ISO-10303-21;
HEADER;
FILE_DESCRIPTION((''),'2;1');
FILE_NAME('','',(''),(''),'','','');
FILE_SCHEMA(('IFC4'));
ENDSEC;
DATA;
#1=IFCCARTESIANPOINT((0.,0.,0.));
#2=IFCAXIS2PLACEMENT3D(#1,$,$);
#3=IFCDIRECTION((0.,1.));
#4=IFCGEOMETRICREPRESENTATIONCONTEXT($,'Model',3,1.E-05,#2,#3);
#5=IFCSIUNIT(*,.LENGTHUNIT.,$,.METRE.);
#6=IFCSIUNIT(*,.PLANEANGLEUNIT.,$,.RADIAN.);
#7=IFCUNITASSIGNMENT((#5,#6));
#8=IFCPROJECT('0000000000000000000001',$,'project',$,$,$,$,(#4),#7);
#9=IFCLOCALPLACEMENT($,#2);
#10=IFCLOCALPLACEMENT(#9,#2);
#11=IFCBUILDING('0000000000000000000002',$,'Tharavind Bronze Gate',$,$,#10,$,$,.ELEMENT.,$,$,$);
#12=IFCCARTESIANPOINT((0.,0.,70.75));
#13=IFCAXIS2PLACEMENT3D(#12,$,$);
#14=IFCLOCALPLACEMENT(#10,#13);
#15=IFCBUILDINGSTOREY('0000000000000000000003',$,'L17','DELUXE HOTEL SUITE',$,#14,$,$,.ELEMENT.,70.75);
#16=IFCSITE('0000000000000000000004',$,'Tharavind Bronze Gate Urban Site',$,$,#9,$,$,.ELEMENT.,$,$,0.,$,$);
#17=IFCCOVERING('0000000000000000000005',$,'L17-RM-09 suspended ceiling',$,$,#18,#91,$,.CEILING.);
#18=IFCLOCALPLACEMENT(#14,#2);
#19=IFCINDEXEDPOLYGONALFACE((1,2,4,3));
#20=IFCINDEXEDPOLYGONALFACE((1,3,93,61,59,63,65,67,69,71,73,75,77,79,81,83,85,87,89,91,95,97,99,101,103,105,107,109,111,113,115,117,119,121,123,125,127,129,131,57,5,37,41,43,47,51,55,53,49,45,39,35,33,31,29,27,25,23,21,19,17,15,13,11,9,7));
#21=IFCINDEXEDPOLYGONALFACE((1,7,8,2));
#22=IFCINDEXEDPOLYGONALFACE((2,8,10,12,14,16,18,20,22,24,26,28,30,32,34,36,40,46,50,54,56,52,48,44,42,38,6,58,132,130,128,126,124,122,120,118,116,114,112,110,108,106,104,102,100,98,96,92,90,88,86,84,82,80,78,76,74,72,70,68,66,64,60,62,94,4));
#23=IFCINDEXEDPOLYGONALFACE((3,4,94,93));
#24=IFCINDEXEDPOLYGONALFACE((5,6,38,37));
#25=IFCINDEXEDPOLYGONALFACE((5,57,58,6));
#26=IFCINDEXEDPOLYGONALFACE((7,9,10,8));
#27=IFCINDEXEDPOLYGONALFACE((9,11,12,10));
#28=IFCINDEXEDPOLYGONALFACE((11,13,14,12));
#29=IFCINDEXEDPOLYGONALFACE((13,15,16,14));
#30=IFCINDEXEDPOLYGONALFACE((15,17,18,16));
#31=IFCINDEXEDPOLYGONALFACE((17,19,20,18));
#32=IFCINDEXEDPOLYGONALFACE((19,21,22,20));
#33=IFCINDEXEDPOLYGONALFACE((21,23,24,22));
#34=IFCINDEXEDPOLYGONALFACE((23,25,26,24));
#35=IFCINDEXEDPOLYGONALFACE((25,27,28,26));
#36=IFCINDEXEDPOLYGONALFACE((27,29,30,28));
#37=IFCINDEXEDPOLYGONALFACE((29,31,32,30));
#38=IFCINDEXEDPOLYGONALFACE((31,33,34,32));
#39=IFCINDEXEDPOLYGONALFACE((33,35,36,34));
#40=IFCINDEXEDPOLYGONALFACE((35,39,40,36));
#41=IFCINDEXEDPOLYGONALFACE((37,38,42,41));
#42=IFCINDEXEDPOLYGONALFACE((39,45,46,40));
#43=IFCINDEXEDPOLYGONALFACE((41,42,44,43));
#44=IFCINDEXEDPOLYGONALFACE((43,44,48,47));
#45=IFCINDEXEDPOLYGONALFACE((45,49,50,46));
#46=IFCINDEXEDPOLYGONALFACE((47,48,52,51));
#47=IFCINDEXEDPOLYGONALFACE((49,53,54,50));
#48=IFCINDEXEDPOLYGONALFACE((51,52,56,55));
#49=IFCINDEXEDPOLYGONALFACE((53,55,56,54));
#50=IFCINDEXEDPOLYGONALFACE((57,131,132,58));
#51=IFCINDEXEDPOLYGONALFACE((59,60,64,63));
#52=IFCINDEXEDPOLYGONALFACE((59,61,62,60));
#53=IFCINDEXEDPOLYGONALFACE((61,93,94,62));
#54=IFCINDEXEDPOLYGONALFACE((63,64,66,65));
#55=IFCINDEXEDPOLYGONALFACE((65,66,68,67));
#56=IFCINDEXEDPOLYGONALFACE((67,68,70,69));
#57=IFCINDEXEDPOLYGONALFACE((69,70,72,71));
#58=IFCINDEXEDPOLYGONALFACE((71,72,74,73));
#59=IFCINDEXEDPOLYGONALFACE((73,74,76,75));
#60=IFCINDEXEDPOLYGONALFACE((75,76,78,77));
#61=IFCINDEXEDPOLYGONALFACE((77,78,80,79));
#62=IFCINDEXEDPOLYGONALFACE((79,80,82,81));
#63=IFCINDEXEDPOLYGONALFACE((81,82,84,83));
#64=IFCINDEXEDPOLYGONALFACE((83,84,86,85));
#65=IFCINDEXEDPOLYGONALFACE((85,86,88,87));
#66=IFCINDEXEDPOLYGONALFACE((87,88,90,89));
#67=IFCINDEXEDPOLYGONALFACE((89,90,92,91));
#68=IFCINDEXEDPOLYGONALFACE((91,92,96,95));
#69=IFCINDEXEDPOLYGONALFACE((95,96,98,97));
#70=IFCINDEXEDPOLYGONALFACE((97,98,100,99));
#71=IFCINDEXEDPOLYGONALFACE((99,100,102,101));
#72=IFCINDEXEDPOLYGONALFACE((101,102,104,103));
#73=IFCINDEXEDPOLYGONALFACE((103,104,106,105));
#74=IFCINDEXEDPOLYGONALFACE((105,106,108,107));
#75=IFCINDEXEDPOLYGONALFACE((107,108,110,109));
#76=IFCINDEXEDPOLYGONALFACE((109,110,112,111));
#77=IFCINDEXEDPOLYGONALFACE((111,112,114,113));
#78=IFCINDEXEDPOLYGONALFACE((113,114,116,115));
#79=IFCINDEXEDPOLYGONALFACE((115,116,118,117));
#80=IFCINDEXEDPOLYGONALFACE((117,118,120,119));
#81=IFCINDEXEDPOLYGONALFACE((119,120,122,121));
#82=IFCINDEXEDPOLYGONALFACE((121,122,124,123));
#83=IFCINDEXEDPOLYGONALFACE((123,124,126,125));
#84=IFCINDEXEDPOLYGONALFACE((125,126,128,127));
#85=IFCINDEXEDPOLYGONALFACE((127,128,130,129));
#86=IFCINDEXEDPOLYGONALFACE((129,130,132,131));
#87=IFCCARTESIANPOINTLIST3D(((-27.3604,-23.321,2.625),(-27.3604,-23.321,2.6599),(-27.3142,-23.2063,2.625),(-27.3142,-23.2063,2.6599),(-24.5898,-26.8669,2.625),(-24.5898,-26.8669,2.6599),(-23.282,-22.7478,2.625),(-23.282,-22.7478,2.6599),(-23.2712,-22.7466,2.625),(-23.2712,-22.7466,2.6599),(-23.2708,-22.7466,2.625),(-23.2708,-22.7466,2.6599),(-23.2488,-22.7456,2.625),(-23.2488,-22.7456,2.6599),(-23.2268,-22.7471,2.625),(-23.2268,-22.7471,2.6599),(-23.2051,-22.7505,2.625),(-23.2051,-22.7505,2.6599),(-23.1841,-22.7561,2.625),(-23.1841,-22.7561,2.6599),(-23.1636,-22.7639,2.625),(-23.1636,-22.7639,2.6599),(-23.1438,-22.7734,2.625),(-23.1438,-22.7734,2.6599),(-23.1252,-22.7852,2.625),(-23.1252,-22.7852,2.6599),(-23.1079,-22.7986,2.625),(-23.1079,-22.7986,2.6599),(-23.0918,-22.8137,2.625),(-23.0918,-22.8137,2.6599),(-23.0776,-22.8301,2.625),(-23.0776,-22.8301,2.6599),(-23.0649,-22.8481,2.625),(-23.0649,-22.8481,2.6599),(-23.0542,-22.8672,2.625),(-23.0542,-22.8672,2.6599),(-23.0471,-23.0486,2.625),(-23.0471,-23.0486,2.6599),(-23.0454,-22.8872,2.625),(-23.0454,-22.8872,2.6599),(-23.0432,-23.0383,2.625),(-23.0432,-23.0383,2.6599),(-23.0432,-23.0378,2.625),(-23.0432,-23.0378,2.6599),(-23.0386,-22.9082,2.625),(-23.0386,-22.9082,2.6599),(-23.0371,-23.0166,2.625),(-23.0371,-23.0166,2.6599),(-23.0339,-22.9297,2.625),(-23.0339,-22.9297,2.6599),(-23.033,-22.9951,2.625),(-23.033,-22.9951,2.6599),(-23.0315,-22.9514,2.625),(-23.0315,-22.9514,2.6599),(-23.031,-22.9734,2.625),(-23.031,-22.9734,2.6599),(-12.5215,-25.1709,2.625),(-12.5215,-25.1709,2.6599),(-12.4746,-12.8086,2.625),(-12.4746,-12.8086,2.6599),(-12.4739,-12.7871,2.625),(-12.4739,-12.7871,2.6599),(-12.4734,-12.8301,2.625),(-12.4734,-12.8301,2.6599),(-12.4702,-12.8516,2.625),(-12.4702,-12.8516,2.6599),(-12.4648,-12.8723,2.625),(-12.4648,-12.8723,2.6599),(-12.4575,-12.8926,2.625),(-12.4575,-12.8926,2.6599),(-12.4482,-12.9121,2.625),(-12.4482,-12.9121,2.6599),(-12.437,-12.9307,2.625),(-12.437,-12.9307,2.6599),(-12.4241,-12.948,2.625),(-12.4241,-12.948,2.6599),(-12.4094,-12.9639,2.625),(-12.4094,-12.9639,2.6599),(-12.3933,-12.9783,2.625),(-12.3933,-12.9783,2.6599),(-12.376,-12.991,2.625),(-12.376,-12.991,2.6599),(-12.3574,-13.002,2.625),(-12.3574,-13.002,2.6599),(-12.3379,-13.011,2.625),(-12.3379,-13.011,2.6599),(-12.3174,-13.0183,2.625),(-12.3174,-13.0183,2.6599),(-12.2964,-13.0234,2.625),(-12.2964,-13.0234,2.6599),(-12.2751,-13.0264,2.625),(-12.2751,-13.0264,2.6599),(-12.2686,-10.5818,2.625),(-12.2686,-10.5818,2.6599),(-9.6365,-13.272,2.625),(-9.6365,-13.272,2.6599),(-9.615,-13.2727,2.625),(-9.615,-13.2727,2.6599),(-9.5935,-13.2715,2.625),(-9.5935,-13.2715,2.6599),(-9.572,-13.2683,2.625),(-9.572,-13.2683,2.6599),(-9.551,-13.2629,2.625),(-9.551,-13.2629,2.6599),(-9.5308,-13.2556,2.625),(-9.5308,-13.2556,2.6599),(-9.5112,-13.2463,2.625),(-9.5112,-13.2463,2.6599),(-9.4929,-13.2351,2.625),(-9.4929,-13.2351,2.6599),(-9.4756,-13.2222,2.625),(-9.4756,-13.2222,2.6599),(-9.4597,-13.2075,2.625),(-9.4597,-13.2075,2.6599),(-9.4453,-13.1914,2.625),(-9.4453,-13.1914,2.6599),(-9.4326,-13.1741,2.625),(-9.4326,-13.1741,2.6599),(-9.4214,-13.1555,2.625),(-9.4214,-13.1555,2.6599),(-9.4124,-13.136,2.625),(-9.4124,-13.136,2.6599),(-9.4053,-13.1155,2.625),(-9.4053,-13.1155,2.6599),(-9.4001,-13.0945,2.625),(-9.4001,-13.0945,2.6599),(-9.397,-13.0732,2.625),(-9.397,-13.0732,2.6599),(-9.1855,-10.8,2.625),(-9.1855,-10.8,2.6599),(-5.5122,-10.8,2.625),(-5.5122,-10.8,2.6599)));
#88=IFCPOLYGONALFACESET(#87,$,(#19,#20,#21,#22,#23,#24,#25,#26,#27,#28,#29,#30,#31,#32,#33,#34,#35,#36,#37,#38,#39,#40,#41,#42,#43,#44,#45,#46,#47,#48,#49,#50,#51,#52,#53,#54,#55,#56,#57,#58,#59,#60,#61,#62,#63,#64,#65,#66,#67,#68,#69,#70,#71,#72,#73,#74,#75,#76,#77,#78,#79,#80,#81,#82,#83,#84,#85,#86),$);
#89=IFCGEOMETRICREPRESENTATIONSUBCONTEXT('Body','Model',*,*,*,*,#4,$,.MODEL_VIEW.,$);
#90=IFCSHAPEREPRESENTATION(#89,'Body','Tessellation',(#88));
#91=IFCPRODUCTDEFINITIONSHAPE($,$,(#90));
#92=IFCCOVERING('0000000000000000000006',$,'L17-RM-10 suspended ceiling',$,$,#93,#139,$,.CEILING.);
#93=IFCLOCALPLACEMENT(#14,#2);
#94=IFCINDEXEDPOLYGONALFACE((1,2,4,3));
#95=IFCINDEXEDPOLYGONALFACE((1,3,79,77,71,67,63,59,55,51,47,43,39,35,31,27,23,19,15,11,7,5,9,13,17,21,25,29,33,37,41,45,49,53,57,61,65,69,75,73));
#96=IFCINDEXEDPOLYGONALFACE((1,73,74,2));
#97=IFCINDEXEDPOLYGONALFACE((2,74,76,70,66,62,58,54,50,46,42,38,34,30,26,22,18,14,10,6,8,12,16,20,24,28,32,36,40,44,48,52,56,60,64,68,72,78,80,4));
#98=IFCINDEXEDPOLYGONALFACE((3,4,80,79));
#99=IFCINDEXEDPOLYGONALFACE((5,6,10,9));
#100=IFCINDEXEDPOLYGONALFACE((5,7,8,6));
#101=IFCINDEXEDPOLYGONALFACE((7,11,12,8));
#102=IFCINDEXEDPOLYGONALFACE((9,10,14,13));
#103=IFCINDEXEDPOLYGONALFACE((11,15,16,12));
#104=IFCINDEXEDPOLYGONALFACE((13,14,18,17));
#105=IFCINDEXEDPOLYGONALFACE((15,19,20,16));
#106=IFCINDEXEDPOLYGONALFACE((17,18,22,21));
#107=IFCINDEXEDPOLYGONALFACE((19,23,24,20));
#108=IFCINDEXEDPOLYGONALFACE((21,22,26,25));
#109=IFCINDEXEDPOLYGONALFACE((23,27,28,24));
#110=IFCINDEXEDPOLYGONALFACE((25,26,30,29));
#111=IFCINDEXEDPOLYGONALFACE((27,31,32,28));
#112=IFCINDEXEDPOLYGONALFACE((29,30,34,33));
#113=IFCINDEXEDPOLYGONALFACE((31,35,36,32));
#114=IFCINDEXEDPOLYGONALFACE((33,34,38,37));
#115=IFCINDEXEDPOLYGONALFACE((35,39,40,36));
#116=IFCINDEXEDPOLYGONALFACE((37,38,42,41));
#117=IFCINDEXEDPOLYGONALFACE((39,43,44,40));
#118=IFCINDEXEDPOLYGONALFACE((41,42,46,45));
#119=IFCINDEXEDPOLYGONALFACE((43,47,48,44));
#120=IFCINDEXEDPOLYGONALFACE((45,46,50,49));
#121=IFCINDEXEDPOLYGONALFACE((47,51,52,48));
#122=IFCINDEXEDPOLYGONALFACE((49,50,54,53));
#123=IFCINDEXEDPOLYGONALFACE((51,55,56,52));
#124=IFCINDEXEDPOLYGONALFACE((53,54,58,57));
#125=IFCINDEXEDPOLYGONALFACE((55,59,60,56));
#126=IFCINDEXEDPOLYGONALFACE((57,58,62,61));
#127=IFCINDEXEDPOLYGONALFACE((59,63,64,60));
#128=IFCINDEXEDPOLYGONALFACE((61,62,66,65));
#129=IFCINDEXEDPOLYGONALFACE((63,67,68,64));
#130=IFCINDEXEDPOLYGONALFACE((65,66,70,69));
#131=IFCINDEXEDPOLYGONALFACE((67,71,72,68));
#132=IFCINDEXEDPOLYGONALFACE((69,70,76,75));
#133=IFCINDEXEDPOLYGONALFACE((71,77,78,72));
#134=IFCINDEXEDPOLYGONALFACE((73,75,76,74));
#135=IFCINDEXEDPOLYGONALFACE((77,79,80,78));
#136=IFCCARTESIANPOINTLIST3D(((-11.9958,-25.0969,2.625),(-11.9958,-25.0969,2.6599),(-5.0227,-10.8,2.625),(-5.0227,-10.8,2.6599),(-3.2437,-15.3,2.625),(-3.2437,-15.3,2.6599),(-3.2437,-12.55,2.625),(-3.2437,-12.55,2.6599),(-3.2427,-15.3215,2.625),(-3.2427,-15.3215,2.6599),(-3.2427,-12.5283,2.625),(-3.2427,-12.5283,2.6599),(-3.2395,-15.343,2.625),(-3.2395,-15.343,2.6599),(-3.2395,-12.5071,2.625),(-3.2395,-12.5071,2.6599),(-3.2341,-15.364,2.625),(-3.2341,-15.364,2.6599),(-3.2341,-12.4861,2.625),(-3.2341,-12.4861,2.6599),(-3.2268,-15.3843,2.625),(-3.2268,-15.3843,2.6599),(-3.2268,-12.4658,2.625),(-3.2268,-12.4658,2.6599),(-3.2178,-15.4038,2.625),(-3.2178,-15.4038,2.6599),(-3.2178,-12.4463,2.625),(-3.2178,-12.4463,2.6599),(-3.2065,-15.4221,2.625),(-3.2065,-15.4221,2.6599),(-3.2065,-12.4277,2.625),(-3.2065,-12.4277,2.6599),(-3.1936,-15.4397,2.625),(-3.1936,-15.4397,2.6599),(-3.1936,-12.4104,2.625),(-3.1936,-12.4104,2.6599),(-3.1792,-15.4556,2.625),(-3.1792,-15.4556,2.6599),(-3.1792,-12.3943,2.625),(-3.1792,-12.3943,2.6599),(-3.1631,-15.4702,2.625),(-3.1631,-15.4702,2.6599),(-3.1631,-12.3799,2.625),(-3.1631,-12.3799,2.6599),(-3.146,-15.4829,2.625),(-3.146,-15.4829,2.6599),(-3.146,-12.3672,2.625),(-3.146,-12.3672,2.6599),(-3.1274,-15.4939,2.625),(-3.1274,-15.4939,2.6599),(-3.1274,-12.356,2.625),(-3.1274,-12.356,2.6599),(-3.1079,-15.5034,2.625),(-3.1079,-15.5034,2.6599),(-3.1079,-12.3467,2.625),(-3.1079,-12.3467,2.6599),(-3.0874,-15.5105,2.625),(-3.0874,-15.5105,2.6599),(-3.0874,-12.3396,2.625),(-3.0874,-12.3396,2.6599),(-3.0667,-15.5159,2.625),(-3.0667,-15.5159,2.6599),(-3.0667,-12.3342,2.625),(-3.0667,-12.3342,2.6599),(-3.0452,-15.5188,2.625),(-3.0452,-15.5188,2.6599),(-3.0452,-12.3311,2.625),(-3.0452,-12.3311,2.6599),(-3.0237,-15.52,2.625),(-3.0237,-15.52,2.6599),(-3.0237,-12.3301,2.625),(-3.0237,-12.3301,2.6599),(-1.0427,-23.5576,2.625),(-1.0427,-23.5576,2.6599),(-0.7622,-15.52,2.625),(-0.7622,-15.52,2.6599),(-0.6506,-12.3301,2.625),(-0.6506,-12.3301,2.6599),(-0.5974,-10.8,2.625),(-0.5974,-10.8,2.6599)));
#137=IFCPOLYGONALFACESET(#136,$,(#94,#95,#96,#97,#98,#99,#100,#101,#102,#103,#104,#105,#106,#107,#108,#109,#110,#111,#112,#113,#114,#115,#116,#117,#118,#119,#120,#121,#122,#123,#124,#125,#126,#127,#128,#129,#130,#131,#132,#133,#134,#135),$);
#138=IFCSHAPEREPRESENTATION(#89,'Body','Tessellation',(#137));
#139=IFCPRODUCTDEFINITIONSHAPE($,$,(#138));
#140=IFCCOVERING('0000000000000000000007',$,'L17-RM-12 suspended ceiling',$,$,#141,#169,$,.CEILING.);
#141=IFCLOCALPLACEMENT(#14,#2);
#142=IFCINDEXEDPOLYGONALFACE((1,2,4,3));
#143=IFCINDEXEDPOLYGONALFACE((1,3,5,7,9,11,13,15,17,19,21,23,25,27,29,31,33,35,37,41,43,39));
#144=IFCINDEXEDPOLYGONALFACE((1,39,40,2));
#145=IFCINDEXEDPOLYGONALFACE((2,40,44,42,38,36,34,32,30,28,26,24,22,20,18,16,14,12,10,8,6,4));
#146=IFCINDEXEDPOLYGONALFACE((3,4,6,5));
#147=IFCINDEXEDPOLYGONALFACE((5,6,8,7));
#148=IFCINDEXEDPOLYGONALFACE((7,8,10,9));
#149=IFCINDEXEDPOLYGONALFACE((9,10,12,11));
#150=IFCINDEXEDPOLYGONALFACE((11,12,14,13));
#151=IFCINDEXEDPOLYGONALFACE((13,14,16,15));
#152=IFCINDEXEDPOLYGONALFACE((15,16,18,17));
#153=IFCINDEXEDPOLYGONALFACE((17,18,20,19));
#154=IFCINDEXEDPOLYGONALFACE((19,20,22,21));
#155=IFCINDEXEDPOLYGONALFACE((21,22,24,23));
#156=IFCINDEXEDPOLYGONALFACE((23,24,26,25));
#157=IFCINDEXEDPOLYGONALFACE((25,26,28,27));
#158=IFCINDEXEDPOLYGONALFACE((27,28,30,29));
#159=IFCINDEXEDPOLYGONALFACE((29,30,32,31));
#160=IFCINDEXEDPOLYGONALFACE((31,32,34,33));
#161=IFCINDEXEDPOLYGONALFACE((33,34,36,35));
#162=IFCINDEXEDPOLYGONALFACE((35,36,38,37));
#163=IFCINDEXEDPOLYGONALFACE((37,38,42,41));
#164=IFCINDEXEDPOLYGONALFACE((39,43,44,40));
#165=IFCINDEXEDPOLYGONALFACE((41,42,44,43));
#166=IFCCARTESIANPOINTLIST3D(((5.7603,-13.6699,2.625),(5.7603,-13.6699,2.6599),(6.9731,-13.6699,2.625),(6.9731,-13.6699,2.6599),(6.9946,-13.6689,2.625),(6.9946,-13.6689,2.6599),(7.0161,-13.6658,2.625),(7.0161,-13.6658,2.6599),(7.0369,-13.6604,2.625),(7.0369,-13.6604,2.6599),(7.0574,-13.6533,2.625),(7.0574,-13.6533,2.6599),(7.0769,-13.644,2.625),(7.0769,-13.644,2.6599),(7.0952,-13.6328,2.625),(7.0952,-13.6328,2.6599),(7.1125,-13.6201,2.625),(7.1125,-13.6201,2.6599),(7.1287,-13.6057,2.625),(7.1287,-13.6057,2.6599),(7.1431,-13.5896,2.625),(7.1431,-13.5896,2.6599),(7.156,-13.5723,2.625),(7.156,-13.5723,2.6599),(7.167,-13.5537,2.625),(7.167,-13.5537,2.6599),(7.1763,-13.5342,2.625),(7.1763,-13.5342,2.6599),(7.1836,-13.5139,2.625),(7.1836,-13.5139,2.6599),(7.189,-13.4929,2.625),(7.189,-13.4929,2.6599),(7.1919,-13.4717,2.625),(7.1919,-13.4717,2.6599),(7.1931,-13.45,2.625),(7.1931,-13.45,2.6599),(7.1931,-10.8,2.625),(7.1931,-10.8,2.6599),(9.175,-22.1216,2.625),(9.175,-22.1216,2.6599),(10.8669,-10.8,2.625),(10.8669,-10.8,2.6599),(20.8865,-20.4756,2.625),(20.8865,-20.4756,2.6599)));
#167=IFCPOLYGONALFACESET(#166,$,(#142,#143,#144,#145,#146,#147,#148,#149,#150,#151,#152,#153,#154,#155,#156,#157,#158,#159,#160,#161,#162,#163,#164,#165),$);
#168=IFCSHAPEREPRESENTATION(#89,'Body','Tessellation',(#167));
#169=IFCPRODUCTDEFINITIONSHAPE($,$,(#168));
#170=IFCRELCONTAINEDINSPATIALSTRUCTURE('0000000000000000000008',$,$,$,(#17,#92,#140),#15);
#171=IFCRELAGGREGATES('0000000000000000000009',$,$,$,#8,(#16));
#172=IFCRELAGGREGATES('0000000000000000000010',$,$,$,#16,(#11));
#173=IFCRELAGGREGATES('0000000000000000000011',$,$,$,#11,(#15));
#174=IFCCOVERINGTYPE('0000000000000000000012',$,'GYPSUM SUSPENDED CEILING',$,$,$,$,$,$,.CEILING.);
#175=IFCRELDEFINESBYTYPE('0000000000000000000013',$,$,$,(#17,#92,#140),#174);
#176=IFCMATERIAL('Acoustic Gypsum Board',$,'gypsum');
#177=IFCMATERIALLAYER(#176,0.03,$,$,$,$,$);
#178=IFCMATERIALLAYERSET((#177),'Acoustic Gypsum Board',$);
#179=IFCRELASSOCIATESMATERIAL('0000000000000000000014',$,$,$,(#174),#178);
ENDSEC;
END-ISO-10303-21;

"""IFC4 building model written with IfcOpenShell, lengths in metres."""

from ifc_helpers import new_model, si_unit, direction, frame, origin, place, context, subcontext, project, spatial, polyline, outline, extrude, material, layer, layer_set, type_object, element, save


model = new_model("IFC4")

# Units and contexts
model_context = context("Model", 3, precision=1e-05, world=origin(), true_north=direction((0.0, 1.0)))
body_context = subcontext(model_context, "Body", "Model", "MODEL_VIEW")
ifc_project = project(units=[si_unit("LENGTHUNIT", "METRE"), si_unit("PLANEANGLEUNIT", "RADIAN")], contexts=[model_context])

# Site, building, storey
site_placement = place(None, origin())
site = spatial("IfcSite", under=ifc_project, at=site_placement, Name="Tharavind Bronze Gate Urban Site", CompositionType="ELEMENT", RefElevation=0.0)
building_placement = place(site_placement, origin())
building = spatial("IfcBuilding", under=site, at=building_placement, Name="Tharavind Bronze Gate", CompositionType="ELEMENT")
storey_placement = place(building_placement, frame((0.0, 0.0, 70.75)))
storey = spatial("IfcBuildingStorey", under=building, at=storey_placement, Name="L17", Description="DELUXE HOTEL SUITE", CompositionType="ELEMENT", Elevation=70.75)

# Coverings
ifc_material_1 = material(Name="Acoustic Gypsum Board", Category="gypsum")
ifc_layer_1 = layer(ifc_material_1, 0.03)
ifc_layer_set_1 = layer_set([ifc_layer_1], Name="Acoustic Gypsum Board")
covering_type_1 = type_object("IfcCoveringType", Name="GYPSUM SUSPENDED CEILING", PredefinedType="CEILING", material=ifc_layer_set_1)
covering_1_placement = place(storey_placement, frame((0.0, 0.0, 2.625)))
element("IfcCovering", 1, at=covering_1_placement, inside=storey, type_object=covering_type_1, Name="L17-RM-09 suspended ceiling", PredefinedType="CEILING", context=body_context, shape_type="SweptSolid", body=[
    extrude(outline(polyline([(-23.282, -22.7478), (-23.2712, -22.7466), (-23.2708, -22.7466), (-23.2488, -22.7456), (-23.2268, -22.7471), (-23.2051, -22.7505), (-23.1841, -22.7561), (-23.1636, -22.7639), (-23.1438, -22.7734), (-23.1252, -22.7852), (-23.1079, -22.7986), (-23.0918, -22.8137), (-23.0776, -22.8301), (-23.0649, -22.8481), (-23.0542, -22.8672), (-23.0454, -22.8872), (-23.0386, -22.9082), (-23.0339, -22.9297), (-23.0315, -22.9514), (-23.031, -22.9734), (-23.033, -22.9951), (-23.0371, -23.0166), (-23.0432, -23.0378), (-23.0432, -23.0383), (-23.0471, -23.0486), (-24.5898, -26.8669), (-12.5215, -25.1709), (-5.5122, -10.8), (-9.1855, -10.8), (-9.397, -13.0732), (-9.4001, -13.0945), (-9.4053, -13.1155), (-9.4124, -13.136), (-9.4214, -13.1555), (-9.4326, -13.1741), (-9.4453, -13.1914), (-9.4597, -13.2075), (-9.4756, -13.2222), (-9.4929, -13.2351), (-9.5112, -13.2463), (-9.5308, -13.2556), (-9.551, -13.2629), (-9.572, -13.2683), (-9.5935, -13.2715), (-9.615, -13.2727), (-9.6365, -13.272), (-12.2751, -13.0264), (-12.2964, -13.0234), (-12.3174, -13.0183), (-12.3379, -13.011), (-12.3574, -13.002), (-12.376, -12.991), (-12.3933, -12.9783), (-12.4094, -12.9639), (-12.4241, -12.948), (-12.437, -12.9307), (-12.4482, -12.9121), (-12.4575, -12.8926), (-12.4648, -12.8723), (-12.4702, -12.8516), (-12.4734, -12.8301), (-12.4746, -12.8086), (-12.4739, -12.7871), (-12.2686, -10.5818), (-27.3142, -23.2063), (-27.3604, -23.321), (-23.282, -22.7478)])), origin(), (0.0, 0.0, 1.0), 0.0349),
])
covering_2_placement = place(storey_placement, frame((0.0, 0.0, 2.625)))
element("IfcCovering", 2, at=covering_2_placement, inside=storey, type_object=covering_type_1, Name="L17-RM-10 suspended ceiling", PredefinedType="CEILING", context=body_context, shape_type="SweptSolid", body=[
    extrude(outline(polyline([(-1.0427, -23.5576), (-0.7622, -15.52), (-3.0237, -15.52), (-3.0452, -15.5188), (-3.0667, -15.5159), (-3.0874, -15.5105), (-3.1079, -15.5034), (-3.1274, -15.4939), (-3.146, -15.4829), (-3.1631, -15.4702), (-3.1792, -15.4556), (-3.1936, -15.4397), (-3.2065, -15.4221), (-3.2178, -15.4038), (-3.2268, -15.3843), (-3.2341, -15.364), (-3.2395, -15.343), (-3.2427, -15.3215), (-3.2437, -15.3), (-3.2437, -12.55), (-3.2427, -12.5283), (-3.2395, -12.5071), (-3.2341, -12.4861), (-3.2268, -12.4658), (-3.2178, -12.4463), (-3.2065, -12.4277), (-3.1936, -12.4104), (-3.1792, -12.3943), (-3.1631, -12.3799), (-3.146, -12.3672), (-3.1274, -12.356), (-3.1079, -12.3467), (-3.0874, -12.3396), (-3.0667, -12.3342), (-3.0452, -12.3311), (-3.0237, -12.3301), (-0.6506, -12.3301), (-0.5974, -10.8), (-5.0227, -10.8), (-11.9958, -25.0969), (-1.0427, -23.5576)])), origin(), (0.0, 0.0, 1.0), 0.0349),
])
covering_3_placement = place(storey_placement, frame((0.0, 0.0, 2.625)))
element("IfcCovering", 3, at=covering_3_placement, inside=storey, type_object=covering_type_1, Name="L17-RM-12 suspended ceiling", PredefinedType="CEILING", context=body_context, shape_type="SweptSolid", body=[
    extrude(outline(polyline([(7.1931, -13.45), (7.1919, -13.4717), (7.189, -13.4929), (7.1836, -13.5139), (7.1763, -13.5342), (7.167, -13.5537), (7.156, -13.5723), (7.1431, -13.5896), (7.1287, -13.6057), (7.1125, -13.6201), (7.0952, -13.6328), (7.0769, -13.644), (7.0574, -13.6533), (7.0369, -13.6604), (7.0161, -13.6658), (6.9946, -13.6689), (6.9731, -13.6699), (5.7603, -13.6699), (9.175, -22.1216), (20.8865, -20.4756), (10.8669, -10.8), (7.1931, -10.8), (7.1931, -13.45)])), origin(), (0.0, 0.0, 1.0), 0.0349),
])

save(model, "model.ifc")
